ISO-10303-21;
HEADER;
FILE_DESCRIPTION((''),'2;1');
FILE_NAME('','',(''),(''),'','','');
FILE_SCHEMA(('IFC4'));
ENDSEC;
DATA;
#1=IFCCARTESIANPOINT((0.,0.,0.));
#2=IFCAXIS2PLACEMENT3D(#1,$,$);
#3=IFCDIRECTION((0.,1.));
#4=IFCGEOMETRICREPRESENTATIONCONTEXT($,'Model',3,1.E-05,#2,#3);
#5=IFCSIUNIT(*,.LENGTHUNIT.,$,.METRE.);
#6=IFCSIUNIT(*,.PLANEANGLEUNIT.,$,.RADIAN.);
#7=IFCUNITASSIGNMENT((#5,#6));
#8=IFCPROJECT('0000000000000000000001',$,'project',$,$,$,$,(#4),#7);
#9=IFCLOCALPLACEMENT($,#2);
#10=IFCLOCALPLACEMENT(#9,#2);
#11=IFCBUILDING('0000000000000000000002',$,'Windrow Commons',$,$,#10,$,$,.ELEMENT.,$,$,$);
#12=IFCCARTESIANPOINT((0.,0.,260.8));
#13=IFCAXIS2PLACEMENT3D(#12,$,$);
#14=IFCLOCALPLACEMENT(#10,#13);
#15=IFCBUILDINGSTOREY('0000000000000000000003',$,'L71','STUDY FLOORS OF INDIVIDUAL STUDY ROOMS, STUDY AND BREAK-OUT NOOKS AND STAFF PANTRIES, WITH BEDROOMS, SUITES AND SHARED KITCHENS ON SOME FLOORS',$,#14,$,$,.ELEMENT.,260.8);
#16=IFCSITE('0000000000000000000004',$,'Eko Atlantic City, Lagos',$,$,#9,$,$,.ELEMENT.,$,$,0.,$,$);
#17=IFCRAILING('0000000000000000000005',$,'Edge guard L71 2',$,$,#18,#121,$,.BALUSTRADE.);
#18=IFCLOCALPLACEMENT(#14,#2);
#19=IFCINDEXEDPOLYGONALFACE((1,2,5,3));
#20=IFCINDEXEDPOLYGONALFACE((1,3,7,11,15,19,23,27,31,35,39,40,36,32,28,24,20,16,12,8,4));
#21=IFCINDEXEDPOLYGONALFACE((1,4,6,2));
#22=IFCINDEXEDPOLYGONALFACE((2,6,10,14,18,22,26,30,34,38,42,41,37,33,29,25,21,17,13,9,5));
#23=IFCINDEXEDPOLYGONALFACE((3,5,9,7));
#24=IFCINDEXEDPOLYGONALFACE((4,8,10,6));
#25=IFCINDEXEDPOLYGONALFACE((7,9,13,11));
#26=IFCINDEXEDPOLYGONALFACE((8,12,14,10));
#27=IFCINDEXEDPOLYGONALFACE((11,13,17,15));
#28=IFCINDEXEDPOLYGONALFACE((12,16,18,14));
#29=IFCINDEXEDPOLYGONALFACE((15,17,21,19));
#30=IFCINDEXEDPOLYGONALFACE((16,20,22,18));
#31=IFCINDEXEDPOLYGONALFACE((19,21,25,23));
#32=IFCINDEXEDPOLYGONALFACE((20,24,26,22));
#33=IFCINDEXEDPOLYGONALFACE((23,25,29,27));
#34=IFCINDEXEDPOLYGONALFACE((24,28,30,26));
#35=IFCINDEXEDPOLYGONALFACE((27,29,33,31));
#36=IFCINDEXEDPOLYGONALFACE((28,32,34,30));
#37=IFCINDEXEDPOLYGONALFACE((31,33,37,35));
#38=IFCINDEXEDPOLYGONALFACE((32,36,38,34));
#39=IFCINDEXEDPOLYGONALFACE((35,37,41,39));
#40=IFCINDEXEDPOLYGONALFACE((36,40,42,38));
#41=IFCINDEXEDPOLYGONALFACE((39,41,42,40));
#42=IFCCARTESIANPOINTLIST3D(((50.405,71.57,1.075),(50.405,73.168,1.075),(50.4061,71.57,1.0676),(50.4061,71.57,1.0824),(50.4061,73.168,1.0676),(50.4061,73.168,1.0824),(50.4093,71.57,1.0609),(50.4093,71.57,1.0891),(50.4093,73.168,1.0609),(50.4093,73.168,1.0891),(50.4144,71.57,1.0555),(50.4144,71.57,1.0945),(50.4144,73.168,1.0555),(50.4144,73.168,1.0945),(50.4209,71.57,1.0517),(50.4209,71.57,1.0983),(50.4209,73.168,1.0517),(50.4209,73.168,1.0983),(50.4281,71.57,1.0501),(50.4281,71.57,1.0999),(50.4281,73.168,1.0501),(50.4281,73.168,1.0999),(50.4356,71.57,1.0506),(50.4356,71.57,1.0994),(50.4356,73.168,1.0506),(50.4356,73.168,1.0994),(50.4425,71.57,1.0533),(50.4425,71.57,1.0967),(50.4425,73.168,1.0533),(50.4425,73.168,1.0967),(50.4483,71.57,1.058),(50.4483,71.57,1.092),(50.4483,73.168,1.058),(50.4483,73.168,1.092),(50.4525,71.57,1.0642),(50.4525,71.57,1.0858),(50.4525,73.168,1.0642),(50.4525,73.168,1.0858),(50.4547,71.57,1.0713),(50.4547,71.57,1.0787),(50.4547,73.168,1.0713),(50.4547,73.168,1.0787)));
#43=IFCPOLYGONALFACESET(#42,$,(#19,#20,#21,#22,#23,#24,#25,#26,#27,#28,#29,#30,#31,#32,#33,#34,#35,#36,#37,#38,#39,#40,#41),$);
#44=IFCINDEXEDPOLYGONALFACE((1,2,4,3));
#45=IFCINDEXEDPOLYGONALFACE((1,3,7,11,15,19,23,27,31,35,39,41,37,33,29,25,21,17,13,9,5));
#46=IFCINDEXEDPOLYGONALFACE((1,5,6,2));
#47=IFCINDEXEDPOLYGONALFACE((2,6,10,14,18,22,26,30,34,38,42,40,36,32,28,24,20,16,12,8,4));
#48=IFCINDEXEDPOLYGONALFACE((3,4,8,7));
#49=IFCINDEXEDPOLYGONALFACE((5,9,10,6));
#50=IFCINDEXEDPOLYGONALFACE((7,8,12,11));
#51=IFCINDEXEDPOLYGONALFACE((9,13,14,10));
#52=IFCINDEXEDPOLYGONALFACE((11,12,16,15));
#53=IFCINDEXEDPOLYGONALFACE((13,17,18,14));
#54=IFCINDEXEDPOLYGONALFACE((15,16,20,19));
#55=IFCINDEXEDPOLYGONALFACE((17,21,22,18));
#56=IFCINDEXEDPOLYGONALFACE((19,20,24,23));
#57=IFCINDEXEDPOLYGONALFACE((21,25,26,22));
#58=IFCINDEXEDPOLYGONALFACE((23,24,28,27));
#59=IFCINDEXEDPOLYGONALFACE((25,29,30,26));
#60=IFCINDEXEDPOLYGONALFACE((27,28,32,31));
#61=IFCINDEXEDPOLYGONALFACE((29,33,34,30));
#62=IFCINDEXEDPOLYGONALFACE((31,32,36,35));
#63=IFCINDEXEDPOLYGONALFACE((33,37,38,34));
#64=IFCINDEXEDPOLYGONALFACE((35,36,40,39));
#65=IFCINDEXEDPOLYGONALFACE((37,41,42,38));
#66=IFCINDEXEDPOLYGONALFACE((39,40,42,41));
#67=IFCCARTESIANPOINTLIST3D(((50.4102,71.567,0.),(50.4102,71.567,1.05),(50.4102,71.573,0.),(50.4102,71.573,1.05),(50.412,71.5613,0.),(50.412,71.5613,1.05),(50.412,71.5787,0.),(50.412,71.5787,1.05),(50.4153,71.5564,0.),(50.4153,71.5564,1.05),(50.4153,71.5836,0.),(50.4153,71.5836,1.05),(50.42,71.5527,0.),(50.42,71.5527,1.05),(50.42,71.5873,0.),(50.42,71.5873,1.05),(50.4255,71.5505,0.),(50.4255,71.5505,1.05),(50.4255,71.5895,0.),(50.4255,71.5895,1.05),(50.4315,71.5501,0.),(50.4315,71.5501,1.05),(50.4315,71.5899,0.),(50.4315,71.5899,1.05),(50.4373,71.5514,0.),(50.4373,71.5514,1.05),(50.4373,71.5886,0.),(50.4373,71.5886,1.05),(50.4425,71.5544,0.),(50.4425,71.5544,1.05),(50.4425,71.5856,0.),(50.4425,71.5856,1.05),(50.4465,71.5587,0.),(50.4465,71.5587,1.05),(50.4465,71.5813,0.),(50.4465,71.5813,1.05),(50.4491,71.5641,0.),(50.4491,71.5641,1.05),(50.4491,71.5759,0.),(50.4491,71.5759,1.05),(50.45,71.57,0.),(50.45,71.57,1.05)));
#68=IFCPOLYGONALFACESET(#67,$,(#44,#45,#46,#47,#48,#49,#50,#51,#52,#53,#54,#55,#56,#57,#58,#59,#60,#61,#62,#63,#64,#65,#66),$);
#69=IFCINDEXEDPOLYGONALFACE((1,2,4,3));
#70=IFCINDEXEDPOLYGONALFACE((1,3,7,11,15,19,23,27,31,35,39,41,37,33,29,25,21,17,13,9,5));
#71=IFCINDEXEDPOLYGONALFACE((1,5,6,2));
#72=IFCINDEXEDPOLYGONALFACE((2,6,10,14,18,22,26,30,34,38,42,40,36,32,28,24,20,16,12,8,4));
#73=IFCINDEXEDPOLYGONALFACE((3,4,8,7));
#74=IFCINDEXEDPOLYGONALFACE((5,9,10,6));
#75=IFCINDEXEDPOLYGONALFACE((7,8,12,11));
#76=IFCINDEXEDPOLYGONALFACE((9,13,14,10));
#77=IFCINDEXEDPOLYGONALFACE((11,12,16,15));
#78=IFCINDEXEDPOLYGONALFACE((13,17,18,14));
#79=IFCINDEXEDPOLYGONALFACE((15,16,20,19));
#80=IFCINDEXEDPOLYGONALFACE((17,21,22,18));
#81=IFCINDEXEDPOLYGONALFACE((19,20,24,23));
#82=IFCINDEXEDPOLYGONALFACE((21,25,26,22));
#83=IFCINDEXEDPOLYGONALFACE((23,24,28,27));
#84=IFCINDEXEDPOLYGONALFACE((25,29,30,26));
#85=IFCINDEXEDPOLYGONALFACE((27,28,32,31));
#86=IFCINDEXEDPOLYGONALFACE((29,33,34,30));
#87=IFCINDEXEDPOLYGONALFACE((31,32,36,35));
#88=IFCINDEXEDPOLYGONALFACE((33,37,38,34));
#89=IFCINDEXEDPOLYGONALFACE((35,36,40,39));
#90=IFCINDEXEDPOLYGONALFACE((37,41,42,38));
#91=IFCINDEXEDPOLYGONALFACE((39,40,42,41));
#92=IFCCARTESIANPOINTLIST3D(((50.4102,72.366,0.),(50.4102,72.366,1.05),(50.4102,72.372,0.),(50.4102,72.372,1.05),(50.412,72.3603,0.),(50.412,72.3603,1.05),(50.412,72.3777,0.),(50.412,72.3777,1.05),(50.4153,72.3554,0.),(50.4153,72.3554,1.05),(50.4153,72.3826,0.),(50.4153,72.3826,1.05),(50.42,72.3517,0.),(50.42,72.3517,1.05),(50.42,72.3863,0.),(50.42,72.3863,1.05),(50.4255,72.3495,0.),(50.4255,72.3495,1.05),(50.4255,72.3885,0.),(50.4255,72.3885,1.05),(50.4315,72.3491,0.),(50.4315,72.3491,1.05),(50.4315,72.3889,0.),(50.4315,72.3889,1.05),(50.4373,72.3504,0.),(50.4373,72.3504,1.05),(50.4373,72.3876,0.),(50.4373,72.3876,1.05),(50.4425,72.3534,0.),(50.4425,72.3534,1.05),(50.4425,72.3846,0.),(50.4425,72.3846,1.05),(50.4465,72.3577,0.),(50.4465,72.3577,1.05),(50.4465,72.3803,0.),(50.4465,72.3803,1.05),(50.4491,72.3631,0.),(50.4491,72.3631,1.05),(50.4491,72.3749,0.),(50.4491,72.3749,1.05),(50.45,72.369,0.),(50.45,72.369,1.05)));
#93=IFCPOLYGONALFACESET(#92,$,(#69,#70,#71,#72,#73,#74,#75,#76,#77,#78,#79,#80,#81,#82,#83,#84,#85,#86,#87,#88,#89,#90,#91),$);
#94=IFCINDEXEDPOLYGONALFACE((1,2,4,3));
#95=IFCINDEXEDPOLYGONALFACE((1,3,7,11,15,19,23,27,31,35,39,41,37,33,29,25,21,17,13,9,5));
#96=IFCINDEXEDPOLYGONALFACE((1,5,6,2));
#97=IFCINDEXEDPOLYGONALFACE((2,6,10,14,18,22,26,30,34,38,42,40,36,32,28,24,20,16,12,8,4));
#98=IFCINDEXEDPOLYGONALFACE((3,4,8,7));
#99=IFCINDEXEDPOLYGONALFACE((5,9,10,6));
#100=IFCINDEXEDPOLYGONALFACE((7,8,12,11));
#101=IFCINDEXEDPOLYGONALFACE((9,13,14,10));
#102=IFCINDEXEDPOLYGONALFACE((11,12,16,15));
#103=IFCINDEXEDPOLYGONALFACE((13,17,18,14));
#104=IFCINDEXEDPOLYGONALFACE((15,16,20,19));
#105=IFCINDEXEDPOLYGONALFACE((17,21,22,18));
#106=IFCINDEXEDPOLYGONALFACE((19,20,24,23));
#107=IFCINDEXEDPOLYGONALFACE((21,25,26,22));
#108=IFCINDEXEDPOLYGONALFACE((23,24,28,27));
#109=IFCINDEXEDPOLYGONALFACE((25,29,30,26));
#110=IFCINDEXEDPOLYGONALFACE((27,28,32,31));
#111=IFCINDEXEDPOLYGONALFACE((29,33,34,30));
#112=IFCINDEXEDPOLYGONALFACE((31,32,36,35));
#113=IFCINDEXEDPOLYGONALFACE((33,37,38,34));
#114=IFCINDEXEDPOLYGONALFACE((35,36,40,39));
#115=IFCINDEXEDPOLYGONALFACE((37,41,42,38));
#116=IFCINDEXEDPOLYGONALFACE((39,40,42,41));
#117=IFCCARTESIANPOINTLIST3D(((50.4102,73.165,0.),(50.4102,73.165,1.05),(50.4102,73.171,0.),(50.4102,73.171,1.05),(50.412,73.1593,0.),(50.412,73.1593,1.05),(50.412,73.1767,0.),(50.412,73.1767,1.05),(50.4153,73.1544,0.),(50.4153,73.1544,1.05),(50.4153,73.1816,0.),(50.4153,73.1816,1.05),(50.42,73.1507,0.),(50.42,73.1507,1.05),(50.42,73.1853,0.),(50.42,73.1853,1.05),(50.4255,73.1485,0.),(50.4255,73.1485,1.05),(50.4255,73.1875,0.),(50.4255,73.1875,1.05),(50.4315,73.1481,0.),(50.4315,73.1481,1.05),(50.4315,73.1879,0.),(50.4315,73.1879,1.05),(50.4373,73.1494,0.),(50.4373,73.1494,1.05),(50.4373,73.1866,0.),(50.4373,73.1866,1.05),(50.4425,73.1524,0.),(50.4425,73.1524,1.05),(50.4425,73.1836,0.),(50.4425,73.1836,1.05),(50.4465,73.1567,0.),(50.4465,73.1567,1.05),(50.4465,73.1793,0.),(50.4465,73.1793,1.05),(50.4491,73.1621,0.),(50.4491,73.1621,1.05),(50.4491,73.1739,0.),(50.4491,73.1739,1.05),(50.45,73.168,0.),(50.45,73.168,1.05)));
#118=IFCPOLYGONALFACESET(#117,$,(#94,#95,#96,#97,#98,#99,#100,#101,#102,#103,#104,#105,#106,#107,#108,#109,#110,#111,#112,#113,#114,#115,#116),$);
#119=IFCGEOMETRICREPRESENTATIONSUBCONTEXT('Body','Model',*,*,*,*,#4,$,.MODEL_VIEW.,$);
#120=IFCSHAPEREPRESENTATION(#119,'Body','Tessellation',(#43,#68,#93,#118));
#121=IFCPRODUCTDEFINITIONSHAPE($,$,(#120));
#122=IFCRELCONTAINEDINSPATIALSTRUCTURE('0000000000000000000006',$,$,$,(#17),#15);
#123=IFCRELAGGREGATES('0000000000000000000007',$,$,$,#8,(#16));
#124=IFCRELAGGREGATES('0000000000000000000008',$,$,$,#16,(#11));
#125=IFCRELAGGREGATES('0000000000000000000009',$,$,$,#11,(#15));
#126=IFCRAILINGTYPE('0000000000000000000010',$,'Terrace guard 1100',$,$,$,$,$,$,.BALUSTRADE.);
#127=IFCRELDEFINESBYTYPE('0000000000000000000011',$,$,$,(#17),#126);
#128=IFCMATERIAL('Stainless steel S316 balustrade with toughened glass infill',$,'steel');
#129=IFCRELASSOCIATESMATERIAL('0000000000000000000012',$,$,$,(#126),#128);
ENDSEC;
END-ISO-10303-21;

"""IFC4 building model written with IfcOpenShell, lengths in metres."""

from ifc_helpers import new_model, si_unit, direction, frame, origin, origin_2d, place, context, subcontext, project, spatial, circle, extrude, material, type_object, element, save


model = new_model("IFC4")

# Units and contexts
model_context = context("Model", 3, precision=1e-05, world=origin(), true_north=direction((0.0, 1.0)))
body_context = subcontext(model_context, "Body", "Model", "MODEL_VIEW")
ifc_project = project(units=[si_unit("LENGTHUNIT", "METRE"), si_unit("PLANEANGLEUNIT", "RADIAN")], contexts=[model_context])

# Site, building, storey
site_placement = place(None, origin())
site = spatial("IfcSite", under=ifc_project, at=site_placement, Name="Eko Atlantic City, Lagos", CompositionType="ELEMENT", RefElevation=0.0)
building_placement = place(site_placement, origin())
building = spatial("IfcBuilding", under=site, at=building_placement, Name="Windrow Commons", CompositionType="ELEMENT")
storey_placement = place(building_placement, frame((0.0, 0.0, 260.8)))
storey = spatial("IfcBuildingStorey", under=building, at=storey_placement, Name="L71", Description="STUDY FLOORS OF INDIVIDUAL STUDY ROOMS, STUDY AND BREAK-OUT NOOKS AND STAFF PANTRIES, WITH BEDROOMS, SUITES AND SHARED KITCHENS ON SOME FLOORS", CompositionType="ELEMENT", Elevation=260.8)

# Railing
ifc_material_1 = material(Name="Stainless steel S316 balustrade with toughened glass infill", Category="steel")
railing_type_1 = type_object("IfcRailingType", Name="Terrace guard 1100", PredefinedType="BALUSTRADE", material=ifc_material_1)
railing_1_placement = place(storey_placement, frame((50.43, 71.57, 0.0)))
element("IfcRailing", 1, at=railing_1_placement, inside=storey, type_object=railing_type_1, Name="Edge guard L71 2", PredefinedType="BALUSTRADE", context=body_context, shape_type="SweptSolid", body=[
    extrude(circle(Radius=0.025, at=origin_2d()), frame((0.0, 0.0, 1.075), z_axis=(0.0, 1.0, 0.0), x_axis=(-1.0, 0.0, 0.0)), (0.0, 0.0, 1.0), 1.598),
    extrude(circle(Radius=0.02, at=origin_2d()), origin(), (0.0, 0.0, 1.0), 1.05),
    extrude(circle(Radius=0.02, at=origin_2d()), frame((0.0, 0.799, 0.0)), (0.0, 0.0, 1.0), 1.05),
    extrude(circle(Radius=0.02, at=origin_2d()), frame((0.0, 1.598, 0.0)), (0.0, 0.0, 1.0), 1.05),
])

save(model, "model.ifc")
